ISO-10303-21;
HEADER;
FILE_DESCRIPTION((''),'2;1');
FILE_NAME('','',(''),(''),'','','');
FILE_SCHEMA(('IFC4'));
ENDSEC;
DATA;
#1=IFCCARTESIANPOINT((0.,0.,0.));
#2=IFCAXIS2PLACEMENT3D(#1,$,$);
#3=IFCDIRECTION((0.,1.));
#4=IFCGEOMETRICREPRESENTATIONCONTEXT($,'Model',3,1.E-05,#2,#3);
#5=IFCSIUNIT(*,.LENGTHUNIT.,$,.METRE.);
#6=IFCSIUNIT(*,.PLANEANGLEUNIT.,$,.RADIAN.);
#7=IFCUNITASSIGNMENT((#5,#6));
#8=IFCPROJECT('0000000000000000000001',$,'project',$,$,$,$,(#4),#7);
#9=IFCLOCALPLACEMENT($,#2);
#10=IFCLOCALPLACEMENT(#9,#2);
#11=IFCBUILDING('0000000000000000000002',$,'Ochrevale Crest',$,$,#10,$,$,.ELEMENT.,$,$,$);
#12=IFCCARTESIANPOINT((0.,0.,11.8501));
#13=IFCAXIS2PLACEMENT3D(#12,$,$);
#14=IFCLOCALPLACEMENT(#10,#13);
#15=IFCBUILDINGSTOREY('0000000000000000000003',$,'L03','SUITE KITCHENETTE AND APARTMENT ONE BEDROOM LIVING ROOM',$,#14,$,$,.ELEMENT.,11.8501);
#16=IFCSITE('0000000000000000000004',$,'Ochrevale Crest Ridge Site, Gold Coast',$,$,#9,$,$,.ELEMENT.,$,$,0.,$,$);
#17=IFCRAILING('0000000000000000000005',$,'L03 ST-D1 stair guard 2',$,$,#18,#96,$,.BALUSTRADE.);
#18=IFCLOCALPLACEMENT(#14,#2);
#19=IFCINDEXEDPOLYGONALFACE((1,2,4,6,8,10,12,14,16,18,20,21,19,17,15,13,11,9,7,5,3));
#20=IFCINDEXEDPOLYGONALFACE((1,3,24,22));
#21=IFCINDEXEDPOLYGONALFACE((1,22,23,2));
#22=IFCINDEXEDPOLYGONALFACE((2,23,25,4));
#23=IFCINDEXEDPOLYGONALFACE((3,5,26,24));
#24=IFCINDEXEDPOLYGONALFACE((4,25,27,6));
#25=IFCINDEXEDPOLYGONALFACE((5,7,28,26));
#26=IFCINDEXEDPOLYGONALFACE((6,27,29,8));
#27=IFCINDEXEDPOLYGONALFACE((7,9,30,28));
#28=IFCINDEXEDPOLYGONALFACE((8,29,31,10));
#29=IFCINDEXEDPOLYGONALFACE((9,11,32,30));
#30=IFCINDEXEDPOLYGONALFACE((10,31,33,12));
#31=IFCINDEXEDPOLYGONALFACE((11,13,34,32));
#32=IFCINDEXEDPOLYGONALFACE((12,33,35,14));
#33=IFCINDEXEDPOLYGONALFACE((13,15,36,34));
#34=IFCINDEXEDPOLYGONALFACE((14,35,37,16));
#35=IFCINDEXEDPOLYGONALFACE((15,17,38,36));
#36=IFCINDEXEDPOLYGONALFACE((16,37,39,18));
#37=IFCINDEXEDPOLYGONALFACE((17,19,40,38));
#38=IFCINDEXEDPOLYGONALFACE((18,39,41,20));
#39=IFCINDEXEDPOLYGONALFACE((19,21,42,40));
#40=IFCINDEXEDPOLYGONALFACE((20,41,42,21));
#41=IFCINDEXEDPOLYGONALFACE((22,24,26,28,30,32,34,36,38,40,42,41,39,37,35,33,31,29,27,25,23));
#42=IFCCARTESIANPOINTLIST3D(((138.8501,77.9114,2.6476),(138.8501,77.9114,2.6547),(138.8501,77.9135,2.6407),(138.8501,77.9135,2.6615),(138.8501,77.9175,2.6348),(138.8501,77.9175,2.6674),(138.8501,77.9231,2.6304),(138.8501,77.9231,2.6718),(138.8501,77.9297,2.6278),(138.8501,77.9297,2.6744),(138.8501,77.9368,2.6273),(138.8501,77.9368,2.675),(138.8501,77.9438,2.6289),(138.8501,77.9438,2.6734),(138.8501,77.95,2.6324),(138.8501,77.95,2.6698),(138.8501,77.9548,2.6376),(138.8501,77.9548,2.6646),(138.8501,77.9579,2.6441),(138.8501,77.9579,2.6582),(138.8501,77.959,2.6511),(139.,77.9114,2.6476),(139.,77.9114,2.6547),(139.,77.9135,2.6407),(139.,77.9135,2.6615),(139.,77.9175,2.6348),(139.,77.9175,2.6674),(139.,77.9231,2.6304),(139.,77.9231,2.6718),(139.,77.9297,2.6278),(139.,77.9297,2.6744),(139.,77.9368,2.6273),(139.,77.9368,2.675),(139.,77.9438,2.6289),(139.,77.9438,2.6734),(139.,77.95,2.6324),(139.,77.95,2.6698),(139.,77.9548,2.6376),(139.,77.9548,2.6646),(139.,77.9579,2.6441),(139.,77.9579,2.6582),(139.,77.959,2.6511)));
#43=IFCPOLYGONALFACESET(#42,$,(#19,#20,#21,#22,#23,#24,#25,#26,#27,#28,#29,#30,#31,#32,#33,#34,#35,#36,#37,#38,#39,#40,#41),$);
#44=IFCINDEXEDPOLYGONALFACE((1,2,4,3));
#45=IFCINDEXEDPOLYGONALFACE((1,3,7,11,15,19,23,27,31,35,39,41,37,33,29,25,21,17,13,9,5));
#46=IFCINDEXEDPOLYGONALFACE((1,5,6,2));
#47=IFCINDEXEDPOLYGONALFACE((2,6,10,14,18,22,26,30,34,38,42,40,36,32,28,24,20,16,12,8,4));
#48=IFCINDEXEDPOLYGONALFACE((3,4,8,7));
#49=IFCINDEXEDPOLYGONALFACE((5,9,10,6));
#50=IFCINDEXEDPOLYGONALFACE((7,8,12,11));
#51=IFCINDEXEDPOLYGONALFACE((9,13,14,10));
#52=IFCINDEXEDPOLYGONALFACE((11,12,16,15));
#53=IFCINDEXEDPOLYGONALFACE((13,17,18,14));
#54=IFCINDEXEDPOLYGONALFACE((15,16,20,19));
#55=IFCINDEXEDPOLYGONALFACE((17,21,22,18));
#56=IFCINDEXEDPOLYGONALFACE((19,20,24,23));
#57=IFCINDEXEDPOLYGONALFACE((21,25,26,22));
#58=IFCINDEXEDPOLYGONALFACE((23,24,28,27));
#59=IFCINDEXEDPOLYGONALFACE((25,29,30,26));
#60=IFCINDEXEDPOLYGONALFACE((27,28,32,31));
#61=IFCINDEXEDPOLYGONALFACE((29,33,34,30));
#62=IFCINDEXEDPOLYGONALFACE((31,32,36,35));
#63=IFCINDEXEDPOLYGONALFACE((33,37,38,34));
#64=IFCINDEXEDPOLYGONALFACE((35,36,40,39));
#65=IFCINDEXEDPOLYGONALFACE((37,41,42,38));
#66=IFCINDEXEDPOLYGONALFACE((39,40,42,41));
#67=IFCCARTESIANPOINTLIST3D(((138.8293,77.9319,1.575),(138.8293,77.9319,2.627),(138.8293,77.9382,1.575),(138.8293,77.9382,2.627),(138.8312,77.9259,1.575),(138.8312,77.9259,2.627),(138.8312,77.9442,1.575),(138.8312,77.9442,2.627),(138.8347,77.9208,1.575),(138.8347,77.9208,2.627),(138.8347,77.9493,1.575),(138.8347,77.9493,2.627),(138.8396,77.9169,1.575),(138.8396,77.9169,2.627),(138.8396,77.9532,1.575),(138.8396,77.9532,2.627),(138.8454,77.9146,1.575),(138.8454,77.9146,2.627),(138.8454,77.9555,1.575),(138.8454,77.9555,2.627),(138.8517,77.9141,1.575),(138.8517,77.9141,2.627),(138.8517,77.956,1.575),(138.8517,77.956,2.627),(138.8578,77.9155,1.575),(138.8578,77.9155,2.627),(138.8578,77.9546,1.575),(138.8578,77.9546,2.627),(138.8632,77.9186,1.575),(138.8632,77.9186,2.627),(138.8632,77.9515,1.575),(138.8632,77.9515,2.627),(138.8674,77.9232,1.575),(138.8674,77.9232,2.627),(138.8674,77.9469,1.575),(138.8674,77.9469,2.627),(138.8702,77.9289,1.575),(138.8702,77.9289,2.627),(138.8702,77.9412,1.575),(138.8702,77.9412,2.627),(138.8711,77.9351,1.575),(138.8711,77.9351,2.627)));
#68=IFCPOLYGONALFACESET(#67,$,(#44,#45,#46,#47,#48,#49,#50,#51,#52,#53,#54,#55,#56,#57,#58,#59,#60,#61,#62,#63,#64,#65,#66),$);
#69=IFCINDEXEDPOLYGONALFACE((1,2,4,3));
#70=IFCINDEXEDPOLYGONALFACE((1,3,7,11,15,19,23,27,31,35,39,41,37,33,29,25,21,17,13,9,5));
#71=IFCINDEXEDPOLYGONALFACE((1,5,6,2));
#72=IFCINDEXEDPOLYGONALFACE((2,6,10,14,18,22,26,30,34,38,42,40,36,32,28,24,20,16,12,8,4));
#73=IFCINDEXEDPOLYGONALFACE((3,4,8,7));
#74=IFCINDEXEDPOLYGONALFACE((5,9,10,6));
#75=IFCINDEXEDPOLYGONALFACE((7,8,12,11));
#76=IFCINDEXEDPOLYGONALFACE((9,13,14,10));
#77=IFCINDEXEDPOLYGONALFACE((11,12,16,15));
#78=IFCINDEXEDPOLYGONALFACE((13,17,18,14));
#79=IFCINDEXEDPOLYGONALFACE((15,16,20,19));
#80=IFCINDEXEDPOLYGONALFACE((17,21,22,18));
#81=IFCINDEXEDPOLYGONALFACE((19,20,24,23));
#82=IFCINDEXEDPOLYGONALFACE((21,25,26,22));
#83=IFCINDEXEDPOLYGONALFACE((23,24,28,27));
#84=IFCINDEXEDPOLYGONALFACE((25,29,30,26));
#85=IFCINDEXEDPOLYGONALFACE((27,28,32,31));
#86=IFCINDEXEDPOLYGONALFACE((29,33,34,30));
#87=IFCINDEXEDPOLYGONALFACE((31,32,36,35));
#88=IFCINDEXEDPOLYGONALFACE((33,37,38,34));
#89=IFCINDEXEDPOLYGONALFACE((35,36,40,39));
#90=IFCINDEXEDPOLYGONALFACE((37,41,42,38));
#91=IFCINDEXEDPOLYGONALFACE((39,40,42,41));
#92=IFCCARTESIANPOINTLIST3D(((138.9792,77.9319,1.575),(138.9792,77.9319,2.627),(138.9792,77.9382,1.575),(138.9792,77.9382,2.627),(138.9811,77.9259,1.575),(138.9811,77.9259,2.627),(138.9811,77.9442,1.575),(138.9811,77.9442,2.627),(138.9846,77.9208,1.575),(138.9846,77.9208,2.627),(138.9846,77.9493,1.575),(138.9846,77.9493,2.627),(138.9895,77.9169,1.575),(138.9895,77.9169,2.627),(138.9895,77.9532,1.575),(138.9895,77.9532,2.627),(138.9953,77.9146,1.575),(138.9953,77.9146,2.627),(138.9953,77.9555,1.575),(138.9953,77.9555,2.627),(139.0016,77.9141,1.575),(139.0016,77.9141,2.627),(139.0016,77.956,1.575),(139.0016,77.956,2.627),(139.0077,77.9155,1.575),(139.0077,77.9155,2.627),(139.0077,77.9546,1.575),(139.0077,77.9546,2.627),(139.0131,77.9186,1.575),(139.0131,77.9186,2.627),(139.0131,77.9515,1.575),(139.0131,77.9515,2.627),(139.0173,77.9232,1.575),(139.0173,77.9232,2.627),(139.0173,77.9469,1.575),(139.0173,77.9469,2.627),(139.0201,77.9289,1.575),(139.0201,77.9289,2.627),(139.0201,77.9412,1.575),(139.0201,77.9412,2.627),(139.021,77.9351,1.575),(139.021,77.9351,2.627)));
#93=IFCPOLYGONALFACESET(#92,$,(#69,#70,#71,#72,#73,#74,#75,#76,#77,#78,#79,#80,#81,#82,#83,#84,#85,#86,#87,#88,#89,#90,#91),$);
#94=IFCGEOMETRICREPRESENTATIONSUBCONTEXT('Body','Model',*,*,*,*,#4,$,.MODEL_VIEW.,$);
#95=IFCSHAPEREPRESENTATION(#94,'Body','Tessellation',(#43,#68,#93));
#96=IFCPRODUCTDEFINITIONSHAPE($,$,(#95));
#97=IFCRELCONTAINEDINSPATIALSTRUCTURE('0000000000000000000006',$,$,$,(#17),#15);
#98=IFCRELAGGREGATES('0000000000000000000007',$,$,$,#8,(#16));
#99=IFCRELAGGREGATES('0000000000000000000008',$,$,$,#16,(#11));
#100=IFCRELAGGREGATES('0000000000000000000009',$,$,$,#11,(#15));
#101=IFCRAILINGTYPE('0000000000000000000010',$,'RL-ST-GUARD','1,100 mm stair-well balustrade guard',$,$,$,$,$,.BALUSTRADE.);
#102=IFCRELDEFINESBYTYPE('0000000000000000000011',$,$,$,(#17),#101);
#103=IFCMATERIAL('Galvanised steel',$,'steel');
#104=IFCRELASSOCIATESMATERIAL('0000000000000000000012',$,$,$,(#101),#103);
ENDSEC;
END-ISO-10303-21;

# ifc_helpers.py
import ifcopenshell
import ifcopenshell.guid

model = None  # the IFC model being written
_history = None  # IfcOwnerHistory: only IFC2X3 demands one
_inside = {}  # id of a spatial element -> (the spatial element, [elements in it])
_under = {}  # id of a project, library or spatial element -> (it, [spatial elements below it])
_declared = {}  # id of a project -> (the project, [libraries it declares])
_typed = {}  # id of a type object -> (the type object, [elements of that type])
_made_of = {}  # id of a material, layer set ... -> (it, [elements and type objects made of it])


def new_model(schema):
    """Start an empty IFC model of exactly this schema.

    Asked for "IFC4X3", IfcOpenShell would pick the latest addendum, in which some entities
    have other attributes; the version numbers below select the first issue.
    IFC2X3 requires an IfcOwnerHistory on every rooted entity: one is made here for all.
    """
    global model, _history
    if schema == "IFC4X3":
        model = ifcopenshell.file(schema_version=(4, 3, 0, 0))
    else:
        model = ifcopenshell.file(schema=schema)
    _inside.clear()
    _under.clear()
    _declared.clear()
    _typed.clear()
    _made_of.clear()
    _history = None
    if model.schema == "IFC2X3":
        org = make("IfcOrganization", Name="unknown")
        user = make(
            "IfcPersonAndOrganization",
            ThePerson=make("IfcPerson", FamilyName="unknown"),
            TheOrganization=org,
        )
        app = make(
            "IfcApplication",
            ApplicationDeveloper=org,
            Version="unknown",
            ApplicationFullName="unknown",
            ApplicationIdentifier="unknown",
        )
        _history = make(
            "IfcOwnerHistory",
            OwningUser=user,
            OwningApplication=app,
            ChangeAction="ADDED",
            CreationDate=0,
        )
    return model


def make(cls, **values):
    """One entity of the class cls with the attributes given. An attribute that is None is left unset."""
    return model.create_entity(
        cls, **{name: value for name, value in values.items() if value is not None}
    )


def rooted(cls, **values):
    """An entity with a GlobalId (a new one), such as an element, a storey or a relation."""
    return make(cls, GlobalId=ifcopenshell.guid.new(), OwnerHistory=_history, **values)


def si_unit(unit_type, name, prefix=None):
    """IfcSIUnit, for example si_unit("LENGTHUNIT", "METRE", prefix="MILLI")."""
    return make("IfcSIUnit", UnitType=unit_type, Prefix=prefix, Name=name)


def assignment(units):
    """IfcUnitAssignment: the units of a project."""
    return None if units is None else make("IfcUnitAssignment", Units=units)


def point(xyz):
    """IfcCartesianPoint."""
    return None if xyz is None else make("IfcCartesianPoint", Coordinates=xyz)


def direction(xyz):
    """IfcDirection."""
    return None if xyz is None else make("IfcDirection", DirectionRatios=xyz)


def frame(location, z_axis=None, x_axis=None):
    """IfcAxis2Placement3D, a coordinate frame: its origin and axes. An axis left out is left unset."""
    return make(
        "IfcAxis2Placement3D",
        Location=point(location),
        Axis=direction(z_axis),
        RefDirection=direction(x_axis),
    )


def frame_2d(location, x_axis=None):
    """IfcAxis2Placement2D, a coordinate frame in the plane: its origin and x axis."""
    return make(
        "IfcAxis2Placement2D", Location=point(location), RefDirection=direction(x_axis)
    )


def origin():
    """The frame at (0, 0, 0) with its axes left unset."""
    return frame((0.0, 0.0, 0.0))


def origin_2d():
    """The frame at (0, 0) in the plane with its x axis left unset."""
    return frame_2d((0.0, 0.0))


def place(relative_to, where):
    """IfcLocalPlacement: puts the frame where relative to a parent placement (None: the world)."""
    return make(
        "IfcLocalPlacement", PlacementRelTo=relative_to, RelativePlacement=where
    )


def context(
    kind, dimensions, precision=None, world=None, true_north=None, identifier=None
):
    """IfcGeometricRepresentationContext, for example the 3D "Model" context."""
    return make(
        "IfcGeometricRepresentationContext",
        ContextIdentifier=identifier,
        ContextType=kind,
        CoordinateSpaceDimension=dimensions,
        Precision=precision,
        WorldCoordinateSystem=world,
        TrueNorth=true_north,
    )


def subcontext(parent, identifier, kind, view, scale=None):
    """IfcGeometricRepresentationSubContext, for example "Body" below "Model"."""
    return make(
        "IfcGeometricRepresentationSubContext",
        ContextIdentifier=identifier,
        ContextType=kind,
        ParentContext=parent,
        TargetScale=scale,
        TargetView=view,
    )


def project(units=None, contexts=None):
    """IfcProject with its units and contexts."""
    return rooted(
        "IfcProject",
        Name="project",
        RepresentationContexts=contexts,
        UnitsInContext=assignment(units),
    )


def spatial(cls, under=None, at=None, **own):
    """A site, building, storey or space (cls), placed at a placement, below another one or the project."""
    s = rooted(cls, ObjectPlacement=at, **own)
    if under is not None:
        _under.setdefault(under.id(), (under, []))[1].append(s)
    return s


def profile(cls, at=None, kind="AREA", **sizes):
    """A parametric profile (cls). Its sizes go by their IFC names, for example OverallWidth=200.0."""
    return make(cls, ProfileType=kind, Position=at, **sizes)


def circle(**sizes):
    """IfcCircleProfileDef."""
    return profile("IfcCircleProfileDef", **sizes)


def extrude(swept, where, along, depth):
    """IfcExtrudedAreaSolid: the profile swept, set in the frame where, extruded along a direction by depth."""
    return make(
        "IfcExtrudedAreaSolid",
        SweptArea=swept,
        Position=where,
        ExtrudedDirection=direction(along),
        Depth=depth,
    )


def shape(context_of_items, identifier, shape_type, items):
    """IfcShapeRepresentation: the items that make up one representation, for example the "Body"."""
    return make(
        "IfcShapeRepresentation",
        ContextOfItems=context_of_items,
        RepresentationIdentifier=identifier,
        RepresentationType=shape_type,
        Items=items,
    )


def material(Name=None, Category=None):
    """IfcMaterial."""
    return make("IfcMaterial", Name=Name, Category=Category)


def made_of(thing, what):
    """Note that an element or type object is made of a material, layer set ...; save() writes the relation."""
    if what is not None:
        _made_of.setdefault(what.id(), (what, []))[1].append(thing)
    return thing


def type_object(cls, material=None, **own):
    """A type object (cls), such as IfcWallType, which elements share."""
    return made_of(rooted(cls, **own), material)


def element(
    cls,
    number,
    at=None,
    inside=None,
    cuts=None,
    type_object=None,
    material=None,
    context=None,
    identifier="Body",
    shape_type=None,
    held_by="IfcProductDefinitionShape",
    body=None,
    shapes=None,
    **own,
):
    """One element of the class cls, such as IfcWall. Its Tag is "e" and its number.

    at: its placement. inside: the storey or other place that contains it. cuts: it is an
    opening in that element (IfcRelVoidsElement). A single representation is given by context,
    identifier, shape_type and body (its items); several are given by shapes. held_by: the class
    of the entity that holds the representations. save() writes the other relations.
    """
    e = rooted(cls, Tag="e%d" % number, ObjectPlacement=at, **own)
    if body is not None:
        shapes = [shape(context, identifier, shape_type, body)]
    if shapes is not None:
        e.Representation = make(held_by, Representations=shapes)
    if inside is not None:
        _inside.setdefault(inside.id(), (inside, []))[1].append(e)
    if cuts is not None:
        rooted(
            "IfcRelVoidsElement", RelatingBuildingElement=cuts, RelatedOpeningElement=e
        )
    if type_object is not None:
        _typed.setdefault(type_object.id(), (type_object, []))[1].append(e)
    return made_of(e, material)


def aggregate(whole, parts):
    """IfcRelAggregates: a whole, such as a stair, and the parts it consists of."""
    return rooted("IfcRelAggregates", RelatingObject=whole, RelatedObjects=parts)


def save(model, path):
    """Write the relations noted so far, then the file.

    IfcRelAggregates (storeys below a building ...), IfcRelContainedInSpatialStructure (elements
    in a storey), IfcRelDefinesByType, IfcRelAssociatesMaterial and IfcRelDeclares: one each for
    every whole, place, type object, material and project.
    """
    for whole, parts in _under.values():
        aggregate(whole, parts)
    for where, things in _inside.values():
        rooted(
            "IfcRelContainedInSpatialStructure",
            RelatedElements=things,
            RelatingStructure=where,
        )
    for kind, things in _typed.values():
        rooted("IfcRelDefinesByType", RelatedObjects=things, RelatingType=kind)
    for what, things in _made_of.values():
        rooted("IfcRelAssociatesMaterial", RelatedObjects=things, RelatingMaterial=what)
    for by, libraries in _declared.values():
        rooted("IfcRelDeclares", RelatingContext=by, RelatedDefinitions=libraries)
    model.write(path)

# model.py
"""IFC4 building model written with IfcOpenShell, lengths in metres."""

from ifc_helpers import new_model, si_unit, direction, frame, origin, origin_2d, place, context, subcontext, project, spatial, circle, extrude, material, type_object, element, save


model = new_model("IFC4")

# Units and contexts
model_context = context("Model", 3, precision=1e-05, world=origin(), true_north=direction((0.0, 1.0)))
body_context = subcontext(model_context, "Body", "Model", "MODEL_VIEW")
ifc_project = project(units=[si_unit("LENGTHUNIT", "METRE"), si_unit("PLANEANGLEUNIT", "RADIAN")], contexts=[model_context])

# Site, building, storey
site_placement = place(None, origin())
site = spatial("IfcSite", under=ifc_project, at=site_placement, Name="Ochrevale Crest Ridge Site, Gold Coast", CompositionType="ELEMENT", RefElevation=0.0)
building_placement = place(site_placement, origin())
building = spatial("IfcBuilding", under=site, at=building_placement, Name="Ochrevale Crest", CompositionType="ELEMENT")
storey_placement = place(building_placement, frame((0.0, 0.0, 11.8501)))
storey = spatial("IfcBuildingStorey", under=building, at=storey_placement, Name="L03", Description="SUITE KITCHENETTE AND APARTMENT ONE BEDROOM LIVING ROOM", CompositionType="ELEMENT", Elevation=11.8501)

# Railing
ifc_material_1 = material(Name="Galvanised steel", Category="steel")
railing_type_1 = type_object("IfcRailingType", Name="RL-ST-GUARD", Description="1,100 mm stair-well balustrade guard", PredefinedType="BALUSTRADE", material=ifc_material_1)
railing_1_placement = place(storey_placement, frame((138.8501, 77.9351, 1.575)))
element("IfcRailing", 1, at=railing_1_placement, inside=storey, type_object=railing_type_1, Name="L03 ST-D1 stair guard 2", PredefinedType="BALUSTRADE", context=body_context, shape_type="SweptSolid", body=[
    extrude(circle(Radius=0.0239, at=origin_2d()), frame((0.0, 0.0, 1.0762), z_axis=(1.0, 0.0, 0.0), x_axis=(0.0, 1.0, 0.0)), (0.0, 0.0, 1.0), 0.1499),
    extrude(circle(Radius=0.021, at=origin_2d()), origin(), (0.0, 0.0, 1.0), 1.052),
    extrude(circle(Radius=0.021, at=origin_2d()), frame((0.1499, 0.0, 0.0)), (0.0, 0.0, 1.0), 1.052),
])

save(model, "model.ifc")
